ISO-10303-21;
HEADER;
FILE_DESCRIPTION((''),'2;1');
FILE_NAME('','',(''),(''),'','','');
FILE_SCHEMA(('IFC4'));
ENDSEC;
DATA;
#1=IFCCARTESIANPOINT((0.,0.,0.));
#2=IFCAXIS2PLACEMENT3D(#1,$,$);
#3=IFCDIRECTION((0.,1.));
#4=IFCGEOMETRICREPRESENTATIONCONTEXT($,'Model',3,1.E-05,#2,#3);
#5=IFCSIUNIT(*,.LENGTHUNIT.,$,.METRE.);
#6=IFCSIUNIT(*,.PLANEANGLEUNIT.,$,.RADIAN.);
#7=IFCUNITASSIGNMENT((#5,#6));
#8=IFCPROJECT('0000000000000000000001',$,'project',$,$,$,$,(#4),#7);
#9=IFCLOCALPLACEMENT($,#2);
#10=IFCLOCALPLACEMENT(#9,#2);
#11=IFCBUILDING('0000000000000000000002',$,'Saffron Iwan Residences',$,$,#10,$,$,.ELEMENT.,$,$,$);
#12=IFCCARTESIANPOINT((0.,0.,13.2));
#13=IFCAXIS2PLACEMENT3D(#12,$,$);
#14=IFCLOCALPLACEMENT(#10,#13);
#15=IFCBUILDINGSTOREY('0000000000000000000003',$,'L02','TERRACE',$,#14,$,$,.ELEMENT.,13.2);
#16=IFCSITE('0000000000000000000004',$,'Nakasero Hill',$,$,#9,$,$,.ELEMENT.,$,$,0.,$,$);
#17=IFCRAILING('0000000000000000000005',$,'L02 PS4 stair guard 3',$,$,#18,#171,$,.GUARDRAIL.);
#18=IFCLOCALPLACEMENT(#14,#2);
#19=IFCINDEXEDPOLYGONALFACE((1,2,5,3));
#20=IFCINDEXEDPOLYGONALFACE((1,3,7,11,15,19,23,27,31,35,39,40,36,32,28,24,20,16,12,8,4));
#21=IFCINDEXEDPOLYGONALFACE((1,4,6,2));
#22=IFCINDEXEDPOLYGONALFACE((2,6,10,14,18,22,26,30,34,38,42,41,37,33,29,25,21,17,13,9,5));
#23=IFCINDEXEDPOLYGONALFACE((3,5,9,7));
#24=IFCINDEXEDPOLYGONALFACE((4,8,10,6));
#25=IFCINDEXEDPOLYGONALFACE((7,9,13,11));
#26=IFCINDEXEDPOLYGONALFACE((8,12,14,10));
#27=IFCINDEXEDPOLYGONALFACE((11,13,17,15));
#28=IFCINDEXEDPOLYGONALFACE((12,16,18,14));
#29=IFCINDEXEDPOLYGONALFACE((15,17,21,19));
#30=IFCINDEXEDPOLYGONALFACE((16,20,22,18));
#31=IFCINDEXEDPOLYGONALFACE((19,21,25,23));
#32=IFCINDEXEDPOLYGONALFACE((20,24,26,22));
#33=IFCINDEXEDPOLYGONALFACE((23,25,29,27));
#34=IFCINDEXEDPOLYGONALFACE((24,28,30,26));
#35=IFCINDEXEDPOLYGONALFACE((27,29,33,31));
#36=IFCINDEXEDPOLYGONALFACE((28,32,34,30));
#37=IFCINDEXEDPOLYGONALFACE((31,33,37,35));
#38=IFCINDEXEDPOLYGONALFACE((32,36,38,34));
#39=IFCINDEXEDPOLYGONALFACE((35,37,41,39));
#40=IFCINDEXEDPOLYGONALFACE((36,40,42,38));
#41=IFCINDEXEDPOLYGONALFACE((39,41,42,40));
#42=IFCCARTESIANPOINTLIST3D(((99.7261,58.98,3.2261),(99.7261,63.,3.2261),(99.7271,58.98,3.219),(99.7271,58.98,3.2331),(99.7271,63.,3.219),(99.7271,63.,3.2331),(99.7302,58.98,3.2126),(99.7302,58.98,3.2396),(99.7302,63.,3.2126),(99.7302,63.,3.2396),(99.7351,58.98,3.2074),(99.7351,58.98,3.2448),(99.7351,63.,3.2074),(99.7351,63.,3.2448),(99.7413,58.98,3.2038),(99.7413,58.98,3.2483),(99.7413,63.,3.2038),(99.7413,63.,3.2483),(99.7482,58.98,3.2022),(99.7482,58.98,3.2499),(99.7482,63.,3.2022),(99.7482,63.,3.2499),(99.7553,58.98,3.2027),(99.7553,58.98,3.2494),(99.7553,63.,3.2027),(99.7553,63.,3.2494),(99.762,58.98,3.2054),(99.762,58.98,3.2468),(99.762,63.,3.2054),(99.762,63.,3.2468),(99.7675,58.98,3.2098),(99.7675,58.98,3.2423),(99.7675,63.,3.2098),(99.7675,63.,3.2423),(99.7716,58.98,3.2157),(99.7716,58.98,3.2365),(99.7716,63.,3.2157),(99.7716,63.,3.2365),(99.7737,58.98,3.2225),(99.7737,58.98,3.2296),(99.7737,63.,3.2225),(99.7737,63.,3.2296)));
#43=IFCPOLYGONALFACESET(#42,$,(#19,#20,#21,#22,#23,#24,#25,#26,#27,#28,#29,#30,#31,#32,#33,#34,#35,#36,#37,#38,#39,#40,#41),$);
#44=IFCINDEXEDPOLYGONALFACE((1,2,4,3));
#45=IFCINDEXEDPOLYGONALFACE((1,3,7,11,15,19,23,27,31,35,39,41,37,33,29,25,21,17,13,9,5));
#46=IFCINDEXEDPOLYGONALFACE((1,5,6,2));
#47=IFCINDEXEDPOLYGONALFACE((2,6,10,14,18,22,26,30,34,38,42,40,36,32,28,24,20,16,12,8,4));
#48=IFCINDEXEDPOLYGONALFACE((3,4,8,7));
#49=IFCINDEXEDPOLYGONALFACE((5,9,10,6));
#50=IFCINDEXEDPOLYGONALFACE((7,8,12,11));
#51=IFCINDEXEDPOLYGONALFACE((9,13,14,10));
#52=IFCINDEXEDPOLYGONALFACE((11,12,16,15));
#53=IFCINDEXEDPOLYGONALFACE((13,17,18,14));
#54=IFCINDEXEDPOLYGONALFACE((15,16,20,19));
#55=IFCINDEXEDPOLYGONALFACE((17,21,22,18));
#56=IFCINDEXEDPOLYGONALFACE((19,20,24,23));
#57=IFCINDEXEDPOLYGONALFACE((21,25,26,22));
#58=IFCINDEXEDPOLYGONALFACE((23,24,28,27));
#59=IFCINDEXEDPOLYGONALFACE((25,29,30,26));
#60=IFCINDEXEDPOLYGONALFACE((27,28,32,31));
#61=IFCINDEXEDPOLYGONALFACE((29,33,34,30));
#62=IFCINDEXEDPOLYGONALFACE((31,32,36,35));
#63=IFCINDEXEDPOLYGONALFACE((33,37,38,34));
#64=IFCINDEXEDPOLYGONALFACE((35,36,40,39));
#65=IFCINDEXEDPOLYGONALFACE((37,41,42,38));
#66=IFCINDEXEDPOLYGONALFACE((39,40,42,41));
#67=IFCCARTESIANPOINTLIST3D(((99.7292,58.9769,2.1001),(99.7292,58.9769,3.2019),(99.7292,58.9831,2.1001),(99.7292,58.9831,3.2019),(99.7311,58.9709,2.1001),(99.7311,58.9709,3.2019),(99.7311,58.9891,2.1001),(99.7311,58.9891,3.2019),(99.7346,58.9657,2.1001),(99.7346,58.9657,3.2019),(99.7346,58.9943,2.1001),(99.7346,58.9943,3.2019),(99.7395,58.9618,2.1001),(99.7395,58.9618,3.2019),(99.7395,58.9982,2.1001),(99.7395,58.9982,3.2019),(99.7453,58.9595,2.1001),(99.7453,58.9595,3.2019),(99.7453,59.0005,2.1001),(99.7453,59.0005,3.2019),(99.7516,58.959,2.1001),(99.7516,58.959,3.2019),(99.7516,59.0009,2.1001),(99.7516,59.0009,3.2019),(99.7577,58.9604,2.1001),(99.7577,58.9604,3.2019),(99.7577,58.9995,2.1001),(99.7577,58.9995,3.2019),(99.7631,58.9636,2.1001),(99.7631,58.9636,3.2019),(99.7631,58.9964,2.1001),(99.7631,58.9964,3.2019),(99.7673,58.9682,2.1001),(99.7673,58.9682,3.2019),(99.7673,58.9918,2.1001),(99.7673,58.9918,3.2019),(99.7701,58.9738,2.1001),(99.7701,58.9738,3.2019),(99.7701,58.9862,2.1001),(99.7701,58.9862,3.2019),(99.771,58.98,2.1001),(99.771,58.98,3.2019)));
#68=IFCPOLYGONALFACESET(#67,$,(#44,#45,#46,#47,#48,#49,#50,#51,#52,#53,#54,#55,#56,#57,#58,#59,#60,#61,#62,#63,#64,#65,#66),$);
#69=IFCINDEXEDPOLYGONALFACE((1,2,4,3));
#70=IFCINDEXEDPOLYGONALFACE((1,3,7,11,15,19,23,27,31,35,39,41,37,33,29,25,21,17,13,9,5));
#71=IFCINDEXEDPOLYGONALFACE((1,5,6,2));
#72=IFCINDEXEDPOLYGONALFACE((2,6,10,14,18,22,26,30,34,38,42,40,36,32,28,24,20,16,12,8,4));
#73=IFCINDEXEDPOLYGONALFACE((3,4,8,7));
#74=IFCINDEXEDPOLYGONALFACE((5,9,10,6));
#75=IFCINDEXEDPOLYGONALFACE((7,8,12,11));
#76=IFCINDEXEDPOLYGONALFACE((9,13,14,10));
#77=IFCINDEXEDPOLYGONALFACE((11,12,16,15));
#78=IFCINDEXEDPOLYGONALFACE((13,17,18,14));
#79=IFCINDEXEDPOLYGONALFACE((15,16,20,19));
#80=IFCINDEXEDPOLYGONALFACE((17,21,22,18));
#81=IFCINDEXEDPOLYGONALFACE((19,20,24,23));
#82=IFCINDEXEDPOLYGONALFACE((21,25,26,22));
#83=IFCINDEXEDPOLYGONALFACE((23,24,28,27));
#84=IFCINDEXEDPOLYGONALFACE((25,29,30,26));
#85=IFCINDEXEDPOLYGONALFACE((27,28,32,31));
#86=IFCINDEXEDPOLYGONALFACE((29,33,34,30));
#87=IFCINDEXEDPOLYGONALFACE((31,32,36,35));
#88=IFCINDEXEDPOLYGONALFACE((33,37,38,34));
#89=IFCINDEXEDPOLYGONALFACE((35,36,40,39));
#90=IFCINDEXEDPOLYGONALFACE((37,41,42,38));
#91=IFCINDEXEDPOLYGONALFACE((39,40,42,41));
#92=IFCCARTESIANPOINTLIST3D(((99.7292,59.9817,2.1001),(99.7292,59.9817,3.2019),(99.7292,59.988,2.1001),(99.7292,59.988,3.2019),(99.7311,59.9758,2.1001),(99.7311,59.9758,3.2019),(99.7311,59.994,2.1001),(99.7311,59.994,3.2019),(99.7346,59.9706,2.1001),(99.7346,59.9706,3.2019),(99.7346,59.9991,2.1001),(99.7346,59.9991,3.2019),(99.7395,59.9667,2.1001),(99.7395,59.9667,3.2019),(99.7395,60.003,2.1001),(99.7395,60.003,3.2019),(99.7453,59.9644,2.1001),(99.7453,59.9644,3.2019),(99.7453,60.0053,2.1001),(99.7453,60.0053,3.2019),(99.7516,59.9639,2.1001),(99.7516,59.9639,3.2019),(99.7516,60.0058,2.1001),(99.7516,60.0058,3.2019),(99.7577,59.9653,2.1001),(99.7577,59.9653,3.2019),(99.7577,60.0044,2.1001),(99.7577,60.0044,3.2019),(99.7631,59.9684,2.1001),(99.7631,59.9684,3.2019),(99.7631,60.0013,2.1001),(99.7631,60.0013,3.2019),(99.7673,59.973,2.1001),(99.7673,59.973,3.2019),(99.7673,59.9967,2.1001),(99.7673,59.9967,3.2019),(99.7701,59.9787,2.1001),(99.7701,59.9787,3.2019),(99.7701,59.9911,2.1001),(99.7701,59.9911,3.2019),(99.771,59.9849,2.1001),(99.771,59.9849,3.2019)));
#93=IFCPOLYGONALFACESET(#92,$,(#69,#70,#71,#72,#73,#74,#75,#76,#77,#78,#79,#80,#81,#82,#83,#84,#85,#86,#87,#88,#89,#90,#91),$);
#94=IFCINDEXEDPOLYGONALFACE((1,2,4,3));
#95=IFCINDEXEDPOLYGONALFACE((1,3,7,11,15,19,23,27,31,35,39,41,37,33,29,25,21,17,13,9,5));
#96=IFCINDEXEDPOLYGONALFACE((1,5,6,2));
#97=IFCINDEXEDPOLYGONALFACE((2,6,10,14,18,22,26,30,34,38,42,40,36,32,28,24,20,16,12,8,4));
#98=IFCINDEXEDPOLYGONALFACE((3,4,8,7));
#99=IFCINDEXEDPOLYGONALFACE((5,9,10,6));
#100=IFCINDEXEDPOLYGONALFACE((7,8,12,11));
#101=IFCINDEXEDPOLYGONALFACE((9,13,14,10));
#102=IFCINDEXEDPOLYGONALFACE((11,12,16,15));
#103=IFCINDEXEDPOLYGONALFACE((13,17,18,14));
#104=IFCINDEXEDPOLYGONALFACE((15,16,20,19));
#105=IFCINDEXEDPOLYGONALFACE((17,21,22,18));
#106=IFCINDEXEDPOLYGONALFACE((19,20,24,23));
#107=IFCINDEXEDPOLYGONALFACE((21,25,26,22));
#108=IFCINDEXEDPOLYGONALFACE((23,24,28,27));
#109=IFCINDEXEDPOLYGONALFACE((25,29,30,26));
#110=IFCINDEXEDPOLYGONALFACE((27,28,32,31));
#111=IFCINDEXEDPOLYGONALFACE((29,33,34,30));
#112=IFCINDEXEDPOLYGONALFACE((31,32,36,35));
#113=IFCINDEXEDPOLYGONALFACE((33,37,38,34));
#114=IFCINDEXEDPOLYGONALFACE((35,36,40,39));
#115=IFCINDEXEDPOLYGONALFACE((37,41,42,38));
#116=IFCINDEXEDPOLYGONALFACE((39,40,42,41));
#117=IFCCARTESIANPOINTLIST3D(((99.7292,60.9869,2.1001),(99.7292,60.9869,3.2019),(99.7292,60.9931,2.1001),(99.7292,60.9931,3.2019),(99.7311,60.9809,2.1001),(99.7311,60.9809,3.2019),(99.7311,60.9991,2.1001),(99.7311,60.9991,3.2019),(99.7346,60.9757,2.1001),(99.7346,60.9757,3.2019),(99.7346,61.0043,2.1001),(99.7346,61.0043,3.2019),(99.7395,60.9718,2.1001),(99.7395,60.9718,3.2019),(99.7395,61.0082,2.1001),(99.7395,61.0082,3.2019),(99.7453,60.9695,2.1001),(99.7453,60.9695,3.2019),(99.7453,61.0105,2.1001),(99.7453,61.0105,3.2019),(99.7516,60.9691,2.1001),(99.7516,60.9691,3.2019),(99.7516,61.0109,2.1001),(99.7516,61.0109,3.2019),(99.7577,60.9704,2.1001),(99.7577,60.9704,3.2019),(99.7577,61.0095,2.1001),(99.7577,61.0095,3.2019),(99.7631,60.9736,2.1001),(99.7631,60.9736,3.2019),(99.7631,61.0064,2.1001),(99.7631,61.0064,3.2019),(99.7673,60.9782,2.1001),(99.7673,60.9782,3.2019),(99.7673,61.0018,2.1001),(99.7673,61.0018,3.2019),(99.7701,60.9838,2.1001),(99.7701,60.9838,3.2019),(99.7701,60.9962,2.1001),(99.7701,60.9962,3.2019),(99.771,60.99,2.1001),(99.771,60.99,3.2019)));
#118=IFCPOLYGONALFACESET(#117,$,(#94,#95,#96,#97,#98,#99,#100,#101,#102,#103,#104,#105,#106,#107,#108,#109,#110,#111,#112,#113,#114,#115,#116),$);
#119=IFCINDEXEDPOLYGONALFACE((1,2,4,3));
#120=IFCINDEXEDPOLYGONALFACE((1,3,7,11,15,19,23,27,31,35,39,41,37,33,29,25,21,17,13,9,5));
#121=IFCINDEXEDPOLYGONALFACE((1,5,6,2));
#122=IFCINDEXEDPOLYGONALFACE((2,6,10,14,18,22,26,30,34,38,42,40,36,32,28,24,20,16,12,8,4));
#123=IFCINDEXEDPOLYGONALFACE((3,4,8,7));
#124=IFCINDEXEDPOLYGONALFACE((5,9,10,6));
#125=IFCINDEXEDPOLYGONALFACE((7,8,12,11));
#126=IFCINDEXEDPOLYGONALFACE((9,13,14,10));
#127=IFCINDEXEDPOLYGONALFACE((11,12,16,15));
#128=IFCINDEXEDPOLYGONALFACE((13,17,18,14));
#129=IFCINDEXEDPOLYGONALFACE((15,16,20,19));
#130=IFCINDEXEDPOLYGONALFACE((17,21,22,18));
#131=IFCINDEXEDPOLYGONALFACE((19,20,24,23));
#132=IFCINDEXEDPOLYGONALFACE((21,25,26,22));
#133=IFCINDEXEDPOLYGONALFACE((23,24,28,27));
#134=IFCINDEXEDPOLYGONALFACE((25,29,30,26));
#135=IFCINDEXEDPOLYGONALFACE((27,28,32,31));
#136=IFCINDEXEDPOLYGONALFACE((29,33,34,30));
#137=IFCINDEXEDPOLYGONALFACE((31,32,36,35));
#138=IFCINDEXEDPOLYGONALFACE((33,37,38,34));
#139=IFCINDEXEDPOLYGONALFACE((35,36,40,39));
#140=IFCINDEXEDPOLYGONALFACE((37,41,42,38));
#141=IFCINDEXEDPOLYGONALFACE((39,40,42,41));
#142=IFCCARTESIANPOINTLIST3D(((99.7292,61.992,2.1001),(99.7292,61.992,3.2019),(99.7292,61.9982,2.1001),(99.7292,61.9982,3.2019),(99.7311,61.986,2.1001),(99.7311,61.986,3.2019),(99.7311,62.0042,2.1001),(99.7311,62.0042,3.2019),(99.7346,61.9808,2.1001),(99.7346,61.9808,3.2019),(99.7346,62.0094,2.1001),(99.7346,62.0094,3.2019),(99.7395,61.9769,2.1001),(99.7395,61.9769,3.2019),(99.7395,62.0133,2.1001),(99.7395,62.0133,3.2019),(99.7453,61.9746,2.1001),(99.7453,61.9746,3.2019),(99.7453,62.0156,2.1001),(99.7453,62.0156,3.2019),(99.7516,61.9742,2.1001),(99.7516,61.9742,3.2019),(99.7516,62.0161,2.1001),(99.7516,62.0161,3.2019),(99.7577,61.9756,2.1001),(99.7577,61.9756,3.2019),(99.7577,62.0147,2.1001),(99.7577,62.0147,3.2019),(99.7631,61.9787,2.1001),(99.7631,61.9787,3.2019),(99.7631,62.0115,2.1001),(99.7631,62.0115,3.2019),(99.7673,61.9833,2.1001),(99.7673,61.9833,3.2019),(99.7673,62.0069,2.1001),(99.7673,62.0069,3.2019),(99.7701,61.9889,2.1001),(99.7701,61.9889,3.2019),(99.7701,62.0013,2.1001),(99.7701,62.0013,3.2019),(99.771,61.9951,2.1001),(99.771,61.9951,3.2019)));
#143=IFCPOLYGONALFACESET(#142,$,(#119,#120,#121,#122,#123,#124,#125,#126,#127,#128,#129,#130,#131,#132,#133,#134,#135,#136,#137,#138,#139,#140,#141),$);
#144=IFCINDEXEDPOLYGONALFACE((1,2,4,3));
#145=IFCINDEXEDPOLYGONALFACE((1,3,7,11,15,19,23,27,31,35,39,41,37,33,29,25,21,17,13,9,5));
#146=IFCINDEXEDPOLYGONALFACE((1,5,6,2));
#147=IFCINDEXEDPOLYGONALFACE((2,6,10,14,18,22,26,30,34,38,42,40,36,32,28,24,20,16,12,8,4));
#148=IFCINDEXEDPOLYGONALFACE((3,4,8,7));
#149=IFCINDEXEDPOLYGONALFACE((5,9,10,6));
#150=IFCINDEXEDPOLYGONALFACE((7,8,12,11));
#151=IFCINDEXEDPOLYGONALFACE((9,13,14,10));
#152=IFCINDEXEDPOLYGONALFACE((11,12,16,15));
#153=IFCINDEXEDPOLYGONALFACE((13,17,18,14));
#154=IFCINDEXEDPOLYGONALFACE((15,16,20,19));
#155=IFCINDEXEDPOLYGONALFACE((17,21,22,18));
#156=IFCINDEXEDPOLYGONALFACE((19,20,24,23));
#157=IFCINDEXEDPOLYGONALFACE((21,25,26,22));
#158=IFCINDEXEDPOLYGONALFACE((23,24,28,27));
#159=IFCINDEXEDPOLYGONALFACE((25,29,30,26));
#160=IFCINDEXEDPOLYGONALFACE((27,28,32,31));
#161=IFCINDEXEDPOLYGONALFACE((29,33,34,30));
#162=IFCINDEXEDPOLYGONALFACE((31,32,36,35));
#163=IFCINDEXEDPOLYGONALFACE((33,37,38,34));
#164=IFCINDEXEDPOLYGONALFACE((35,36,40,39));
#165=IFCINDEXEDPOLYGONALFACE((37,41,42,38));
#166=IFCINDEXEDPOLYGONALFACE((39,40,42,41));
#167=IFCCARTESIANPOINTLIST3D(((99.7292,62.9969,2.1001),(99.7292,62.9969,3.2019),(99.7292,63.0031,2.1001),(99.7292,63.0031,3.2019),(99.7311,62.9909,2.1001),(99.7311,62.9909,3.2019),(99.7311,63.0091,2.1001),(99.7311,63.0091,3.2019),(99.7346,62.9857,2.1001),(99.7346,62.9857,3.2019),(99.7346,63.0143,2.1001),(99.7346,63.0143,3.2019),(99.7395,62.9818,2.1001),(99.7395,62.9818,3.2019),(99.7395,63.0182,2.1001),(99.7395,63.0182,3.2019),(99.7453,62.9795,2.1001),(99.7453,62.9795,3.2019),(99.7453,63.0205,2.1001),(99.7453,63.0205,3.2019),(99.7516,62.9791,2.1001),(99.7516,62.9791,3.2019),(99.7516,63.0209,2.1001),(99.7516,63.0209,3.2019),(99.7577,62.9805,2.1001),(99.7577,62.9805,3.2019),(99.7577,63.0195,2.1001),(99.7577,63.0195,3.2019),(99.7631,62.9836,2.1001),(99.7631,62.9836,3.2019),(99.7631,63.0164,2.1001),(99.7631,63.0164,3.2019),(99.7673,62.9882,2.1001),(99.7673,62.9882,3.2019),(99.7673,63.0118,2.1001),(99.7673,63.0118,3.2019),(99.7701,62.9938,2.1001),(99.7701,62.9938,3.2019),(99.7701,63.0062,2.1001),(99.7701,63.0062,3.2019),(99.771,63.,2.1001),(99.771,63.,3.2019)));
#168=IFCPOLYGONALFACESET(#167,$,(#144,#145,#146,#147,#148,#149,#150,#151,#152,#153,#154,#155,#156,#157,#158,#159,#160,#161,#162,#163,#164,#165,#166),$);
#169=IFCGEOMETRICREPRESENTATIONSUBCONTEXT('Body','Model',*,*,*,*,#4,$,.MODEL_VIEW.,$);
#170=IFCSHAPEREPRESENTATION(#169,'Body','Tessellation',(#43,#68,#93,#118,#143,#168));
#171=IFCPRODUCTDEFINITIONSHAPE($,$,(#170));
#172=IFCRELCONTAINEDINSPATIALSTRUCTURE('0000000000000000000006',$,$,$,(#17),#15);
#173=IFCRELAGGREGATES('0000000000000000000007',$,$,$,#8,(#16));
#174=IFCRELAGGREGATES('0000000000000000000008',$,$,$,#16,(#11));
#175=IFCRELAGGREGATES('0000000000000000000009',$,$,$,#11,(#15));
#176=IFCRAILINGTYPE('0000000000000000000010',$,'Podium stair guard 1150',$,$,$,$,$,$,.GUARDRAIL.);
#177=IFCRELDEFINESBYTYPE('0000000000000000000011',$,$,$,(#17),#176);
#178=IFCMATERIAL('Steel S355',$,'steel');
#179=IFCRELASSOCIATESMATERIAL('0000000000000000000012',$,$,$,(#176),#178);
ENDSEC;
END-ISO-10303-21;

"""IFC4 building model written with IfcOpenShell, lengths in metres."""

from ifc_helpers import new_model, si_unit, direction, frame, origin, origin_2d, place, context, subcontext, project, spatial, circle, extrude, material, type_object, element, save


model = new_model("IFC4")

# Units and contexts
model_context = context("Model", 3, precision=1e-05, world=origin(), true_north=direction((0.0, 1.0)))
body_context = subcontext(model_context, "Body", "Model", "MODEL_VIEW")
ifc_project = project(units=[si_unit("LENGTHUNIT", "METRE"), si_unit("PLANEANGLEUNIT", "RADIAN")], contexts=[model_context])

# Site, building, storey
site_placement = place(None, origin())
site = spatial("IfcSite", under=ifc_project, at=site_placement, Name="Nakasero Hill", CompositionType="ELEMENT", RefElevation=0.0)
building_placement = place(site_placement, origin())
building = spatial("IfcBuilding", under=site, at=building_placement, Name="Saffron Iwan Residences", CompositionType="ELEMENT")
storey_placement = place(building_placement, frame((0.0, 0.0, 13.2)))
storey = spatial("IfcBuildingStorey", under=building, at=storey_placement, Name="L02", Description="TERRACE", CompositionType="ELEMENT", Elevation=13.2)

# Railing
ifc_material_1 = material(Name="Steel S355", Category="steel")
railing_type_1 = type_object("IfcRailingType", Name="Podium stair guard 1150", PredefinedType="GUARDRAIL", material=ifc_material_1)
railing_1_placement = place(storey_placement, frame((99.75, 58.98, 2.1001)))
element("IfcRailing", 1, at=railing_1_placement, inside=storey, type_object=railing_type_1, Name="L02 PS4 stair guard 3", PredefinedType="GUARDRAIL", context=body_context, shape_type="SweptSolid", body=[
    extrude(circle(Radius=0.0239, at=origin_2d()), frame((0.0, 0.0, 1.126), z_axis=(0.0, 1.0, 0.0), x_axis=(-1.0, 0.0, 0.0)), (0.0, 0.0, 1.0), 4.02),
    extrude(circle(Radius=0.021, at=origin_2d()), origin(), (0.0, 0.0, 1.0), 1.1018),
    extrude(circle(Radius=0.021, at=origin_2d()), frame((0.0, 1.0049, 0.0)), (0.0, 0.0, 1.0), 1.1018),
    extrude(circle(Radius=0.021, at=origin_2d()), frame((0.0, 2.01, 0.0)), (0.0, 0.0, 1.0), 1.1018),
    extrude(circle(Radius=0.021, at=origin_2d()), frame((0.0, 3.0151, 0.0)), (0.0, 0.0, 1.0), 1.1018),
    extrude(circle(Radius=0.021, at=origin_2d()), frame((0.0, 4.02, 0.0)), (0.0, 0.0, 1.0), 1.1018),
])

save(model, "model.ifc")
